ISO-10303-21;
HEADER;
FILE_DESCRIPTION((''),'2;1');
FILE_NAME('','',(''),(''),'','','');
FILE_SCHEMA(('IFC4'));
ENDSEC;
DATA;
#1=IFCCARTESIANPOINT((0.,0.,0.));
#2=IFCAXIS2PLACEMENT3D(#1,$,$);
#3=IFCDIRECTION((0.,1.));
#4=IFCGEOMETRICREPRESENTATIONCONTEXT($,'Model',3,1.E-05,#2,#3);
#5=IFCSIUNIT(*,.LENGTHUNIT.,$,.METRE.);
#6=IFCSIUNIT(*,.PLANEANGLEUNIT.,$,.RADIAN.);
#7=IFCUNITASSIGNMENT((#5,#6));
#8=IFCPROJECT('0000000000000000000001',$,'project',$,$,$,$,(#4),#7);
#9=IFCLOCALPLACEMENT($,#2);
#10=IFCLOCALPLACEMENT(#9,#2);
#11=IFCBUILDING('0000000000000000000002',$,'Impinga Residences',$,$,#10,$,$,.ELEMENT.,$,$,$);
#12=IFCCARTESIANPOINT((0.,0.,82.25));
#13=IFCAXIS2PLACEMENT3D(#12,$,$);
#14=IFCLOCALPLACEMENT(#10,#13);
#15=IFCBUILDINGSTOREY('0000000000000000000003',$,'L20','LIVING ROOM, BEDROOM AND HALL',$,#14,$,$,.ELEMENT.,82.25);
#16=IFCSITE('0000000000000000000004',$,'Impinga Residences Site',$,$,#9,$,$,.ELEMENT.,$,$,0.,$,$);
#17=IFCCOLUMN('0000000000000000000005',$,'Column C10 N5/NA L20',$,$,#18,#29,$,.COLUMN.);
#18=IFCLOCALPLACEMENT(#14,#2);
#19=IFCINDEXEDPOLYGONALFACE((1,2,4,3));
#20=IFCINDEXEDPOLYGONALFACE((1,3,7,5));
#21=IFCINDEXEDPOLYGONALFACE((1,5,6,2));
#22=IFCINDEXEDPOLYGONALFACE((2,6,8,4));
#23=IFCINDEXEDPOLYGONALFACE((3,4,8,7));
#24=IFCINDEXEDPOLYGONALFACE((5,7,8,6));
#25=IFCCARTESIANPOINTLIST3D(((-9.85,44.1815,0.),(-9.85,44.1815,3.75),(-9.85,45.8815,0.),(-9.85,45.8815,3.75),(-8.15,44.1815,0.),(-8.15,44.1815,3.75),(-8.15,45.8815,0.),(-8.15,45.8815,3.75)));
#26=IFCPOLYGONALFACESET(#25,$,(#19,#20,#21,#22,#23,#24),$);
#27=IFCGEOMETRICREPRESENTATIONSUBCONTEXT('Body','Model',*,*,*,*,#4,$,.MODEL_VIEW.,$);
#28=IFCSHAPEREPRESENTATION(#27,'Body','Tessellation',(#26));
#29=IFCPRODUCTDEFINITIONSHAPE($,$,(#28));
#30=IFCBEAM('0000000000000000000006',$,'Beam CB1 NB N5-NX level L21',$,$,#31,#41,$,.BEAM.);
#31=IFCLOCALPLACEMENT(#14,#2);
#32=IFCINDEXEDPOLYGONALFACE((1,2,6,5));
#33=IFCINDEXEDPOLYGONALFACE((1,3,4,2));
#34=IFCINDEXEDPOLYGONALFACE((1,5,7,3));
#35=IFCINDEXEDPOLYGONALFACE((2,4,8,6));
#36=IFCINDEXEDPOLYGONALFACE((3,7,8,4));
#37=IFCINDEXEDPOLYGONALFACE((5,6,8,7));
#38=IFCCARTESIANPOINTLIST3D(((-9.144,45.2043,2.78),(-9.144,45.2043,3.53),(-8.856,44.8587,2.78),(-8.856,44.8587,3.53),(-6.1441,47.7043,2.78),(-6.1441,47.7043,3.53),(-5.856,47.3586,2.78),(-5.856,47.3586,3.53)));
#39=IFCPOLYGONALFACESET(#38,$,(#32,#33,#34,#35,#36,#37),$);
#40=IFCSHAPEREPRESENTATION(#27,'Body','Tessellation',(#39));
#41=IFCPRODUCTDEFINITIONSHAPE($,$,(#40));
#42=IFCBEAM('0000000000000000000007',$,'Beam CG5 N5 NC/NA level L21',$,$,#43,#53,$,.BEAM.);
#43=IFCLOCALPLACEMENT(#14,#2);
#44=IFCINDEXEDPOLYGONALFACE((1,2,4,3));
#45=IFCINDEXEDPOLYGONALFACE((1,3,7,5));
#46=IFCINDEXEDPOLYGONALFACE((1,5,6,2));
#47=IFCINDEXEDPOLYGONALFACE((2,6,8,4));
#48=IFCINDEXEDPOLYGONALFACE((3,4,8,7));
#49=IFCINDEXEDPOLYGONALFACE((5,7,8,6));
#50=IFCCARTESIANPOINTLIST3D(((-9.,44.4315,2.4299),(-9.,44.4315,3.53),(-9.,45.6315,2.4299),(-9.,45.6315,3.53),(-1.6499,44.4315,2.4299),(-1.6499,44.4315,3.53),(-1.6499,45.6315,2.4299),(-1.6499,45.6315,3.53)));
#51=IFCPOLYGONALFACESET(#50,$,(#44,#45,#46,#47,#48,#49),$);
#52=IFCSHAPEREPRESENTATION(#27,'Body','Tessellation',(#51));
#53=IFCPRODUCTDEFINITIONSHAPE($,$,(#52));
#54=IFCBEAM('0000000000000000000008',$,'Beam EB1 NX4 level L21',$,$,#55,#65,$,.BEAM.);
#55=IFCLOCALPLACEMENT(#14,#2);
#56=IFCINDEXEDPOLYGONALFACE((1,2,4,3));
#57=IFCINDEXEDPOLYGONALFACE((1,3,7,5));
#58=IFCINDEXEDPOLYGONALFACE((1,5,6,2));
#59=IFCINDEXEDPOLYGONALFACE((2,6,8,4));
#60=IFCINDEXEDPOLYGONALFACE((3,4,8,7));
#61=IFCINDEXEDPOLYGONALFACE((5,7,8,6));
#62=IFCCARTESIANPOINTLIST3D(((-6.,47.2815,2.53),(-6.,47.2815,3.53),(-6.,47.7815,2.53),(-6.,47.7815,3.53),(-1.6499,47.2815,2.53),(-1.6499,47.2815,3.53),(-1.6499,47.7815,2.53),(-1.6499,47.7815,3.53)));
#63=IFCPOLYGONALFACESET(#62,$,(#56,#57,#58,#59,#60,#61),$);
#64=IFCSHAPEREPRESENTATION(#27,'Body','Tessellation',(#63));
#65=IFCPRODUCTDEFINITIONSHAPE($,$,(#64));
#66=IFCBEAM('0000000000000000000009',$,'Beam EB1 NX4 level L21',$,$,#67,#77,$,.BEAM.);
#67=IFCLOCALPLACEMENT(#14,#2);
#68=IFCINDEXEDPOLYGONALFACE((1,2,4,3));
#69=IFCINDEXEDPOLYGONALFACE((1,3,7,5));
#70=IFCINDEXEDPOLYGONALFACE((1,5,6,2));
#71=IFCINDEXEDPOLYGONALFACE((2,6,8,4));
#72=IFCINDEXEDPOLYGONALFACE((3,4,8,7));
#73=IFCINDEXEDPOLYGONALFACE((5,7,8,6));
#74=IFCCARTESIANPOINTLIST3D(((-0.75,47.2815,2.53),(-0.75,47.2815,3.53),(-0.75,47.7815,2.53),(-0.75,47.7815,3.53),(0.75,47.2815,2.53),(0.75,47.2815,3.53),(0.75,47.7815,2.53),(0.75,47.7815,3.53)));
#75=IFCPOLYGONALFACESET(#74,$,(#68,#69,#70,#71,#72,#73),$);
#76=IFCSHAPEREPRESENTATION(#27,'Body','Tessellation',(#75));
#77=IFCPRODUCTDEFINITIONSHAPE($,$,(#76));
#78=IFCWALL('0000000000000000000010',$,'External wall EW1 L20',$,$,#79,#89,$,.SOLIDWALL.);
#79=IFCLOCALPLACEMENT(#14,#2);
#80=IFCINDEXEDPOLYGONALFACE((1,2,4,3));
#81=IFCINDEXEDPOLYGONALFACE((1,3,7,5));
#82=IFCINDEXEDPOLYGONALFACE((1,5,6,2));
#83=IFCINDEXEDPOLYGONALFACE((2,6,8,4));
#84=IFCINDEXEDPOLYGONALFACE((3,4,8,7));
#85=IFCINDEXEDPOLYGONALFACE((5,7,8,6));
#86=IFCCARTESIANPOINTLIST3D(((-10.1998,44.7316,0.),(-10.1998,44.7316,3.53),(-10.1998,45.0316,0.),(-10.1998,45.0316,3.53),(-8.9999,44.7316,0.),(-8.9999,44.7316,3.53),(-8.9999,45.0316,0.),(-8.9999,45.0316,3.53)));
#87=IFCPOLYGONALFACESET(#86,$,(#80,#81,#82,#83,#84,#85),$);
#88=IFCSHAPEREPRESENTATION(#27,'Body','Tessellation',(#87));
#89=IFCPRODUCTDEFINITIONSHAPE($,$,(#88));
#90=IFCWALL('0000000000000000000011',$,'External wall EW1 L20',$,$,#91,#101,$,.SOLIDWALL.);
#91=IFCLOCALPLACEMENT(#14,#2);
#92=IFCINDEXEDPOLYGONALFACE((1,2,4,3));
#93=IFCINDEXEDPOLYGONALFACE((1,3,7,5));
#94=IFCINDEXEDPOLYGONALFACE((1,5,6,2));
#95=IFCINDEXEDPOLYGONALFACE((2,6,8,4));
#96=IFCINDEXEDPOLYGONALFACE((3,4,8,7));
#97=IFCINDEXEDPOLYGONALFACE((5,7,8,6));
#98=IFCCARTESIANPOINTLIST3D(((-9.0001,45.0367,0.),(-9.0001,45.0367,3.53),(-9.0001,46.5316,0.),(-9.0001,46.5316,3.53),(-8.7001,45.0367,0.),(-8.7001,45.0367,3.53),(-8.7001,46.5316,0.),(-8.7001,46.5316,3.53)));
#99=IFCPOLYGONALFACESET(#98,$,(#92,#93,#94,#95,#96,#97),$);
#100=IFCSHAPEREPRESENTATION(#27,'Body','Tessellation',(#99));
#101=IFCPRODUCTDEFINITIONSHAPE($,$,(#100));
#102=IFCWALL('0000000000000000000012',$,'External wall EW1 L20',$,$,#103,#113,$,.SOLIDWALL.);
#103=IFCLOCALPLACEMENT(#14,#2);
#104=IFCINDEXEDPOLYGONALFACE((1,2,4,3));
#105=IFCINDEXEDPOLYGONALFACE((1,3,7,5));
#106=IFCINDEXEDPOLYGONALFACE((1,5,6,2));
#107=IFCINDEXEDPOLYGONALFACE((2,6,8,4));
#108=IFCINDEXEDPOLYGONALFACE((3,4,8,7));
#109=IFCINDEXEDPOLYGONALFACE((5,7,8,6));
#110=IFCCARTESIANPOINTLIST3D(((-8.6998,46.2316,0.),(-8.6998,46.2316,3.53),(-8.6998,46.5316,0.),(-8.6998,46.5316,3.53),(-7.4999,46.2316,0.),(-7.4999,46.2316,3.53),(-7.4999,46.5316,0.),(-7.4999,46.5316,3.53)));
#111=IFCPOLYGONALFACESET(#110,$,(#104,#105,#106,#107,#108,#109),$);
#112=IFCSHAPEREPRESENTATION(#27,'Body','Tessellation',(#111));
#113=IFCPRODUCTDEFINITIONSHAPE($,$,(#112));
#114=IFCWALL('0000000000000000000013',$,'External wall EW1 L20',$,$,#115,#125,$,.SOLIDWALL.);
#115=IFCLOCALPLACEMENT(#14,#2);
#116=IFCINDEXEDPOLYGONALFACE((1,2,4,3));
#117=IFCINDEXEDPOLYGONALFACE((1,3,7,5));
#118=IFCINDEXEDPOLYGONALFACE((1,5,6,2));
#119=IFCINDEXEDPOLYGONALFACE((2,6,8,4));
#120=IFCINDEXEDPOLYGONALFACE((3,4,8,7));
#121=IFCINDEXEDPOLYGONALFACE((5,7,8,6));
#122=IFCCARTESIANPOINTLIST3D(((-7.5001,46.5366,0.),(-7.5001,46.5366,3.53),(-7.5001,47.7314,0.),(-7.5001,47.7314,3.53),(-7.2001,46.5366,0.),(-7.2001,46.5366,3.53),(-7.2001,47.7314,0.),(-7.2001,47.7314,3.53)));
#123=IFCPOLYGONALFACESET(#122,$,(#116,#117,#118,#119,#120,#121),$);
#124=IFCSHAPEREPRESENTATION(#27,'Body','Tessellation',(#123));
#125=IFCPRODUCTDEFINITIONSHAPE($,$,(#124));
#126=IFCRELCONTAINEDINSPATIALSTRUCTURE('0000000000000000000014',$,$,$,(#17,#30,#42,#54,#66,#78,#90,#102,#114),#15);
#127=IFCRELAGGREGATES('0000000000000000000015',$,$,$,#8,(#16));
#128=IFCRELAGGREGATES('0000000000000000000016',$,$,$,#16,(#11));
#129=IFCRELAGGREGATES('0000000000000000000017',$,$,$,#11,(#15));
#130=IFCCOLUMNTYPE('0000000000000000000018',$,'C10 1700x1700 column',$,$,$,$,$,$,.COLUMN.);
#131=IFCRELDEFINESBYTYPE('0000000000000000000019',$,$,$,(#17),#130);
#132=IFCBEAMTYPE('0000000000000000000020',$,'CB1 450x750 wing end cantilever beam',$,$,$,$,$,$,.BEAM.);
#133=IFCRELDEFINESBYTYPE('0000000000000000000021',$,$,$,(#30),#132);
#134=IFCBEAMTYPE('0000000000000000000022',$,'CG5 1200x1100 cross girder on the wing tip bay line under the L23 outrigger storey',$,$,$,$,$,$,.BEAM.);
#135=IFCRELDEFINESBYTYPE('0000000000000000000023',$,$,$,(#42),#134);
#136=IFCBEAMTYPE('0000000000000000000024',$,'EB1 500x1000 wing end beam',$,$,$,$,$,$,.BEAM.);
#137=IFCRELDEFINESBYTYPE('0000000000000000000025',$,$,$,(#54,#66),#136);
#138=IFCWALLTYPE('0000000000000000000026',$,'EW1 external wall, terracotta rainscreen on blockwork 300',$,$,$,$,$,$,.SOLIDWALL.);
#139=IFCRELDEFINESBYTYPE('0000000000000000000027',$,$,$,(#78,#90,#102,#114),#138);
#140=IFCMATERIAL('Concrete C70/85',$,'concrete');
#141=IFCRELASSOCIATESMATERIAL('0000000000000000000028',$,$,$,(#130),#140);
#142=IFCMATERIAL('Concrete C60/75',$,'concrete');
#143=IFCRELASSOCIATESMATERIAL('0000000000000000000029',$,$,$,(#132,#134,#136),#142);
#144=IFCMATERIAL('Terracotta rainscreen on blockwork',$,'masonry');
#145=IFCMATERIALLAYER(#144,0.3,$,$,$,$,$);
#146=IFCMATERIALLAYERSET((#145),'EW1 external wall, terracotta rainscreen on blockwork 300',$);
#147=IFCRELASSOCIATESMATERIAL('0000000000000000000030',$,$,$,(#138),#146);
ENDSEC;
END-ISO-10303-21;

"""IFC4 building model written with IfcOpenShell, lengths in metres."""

from ifc_helpers import new_model, si_unit, direction, frame, frame_2d, origin, origin_2d, place, context, subcontext, project, spatial, rectangle, extrude, material, layer, layer_set, material_profile, profile_set, type_object, element, save


model = new_model("IFC4")

# Units and contexts
model_context = context("Model", 3, precision=1e-05, world=origin(), true_north=direction((0.0, 1.0)))
body_context = subcontext(model_context, "Body", "Model", "MODEL_VIEW")
ifc_project = project(units=[si_unit("LENGTHUNIT", "METRE"), si_unit("PLANEANGLEUNIT", "RADIAN")], contexts=[model_context])

# Site, building, storey
site_placement = place(None, origin())
site = spatial("IfcSite", under=ifc_project, at=site_placement, Name="Impinga Residences Site", CompositionType="ELEMENT", RefElevation=0.0)
building_placement = place(site_placement, origin())
building = spatial("IfcBuilding", under=site, at=building_placement, Name="Impinga Residences", CompositionType="ELEMENT")
storey_placement = place(building_placement, frame((0.0, 0.0, 82.25)))
storey = spatial("IfcBuildingStorey", under=building, at=storey_placement, Name="L20", Description="LIVING ROOM, BEDROOM AND HALL", CompositionType="ELEMENT", Elevation=82.25)

# Column
ifc_material_1 = material(Name="Concrete C70/85", Category="concrete")
ifc_material_profile_1 = material_profile(ifc_material_1, rectangle(XDim=1.7, YDim=1.7, at=origin_2d()), Name="RC 1700x1700")
ifc_profile_set_1 = profile_set([ifc_material_profile_1], Name="Concrete C70/85")
column_type = type_object("IfcColumnType", Name="C10 1700x1700 column", PredefinedType="COLUMN", material=ifc_profile_set_1)
column_placement = place(storey_placement, frame((-9.0, 45.0315, 0.0), z_axis=(0.0, 0.0, 1.0), x_axis=(1.0, 0.0, 0.0)))
element("IfcColumn", 1, at=column_placement, inside=storey, type_object=column_type, Name="Column C10 N5/NA L20", PredefinedType="COLUMN", context=body_context, shape_type="SweptSolid", body=[
    extrude(rectangle(XDim=1.7, YDim=1.7, at=origin_2d()), origin(), (0.0, 0.0, 1.0), 3.75),
])

# Beams
ifc_material_2 = material(Name="Concrete C60/75", Category="concrete")
ifc_material_profile_2 = material_profile(ifc_material_2, rectangle(XDim=0.45, YDim=0.75, at=origin_2d()), Name="RC 450x750")
ifc_profile_set_2 = profile_set([ifc_material_profile_2], Name="Concrete C60/75")
beam_type_1 = type_object("IfcBeamType", Name="CB1 450x750 wing end cantilever beam", PredefinedType="BEAM", material=ifc_profile_set_2)
beam_1_placement = place(storey_placement, frame((-9.0, 45.0315, 3.155), z_axis=(0.768221, 0.640184, 0.0), x_axis=(-0.640184, 0.768221, 0.0)))
element("IfcBeam", 2, at=beam_1_placement, inside=storey, type_object=beam_type_1, Name="Beam CB1 NB N5-NX level L21", PredefinedType="BEAM", context=body_context, shape_type="SweptSolid", body=[
    extrude(rectangle(XDim=0.45, YDim=0.75, at=origin_2d()), origin(), (0.0, 0.0, 1.0), 3.905),
])
ifc_material_profile_3 = material_profile(ifc_material_2, rectangle(XDim=1.2, YDim=1.1001, at=origin_2d()), Name="RC 1200x1100")
ifc_profile_set_3 = profile_set([ifc_material_profile_3], Name="Concrete C60/75")
beam_type_2 = type_object("IfcBeamType", Name="CG5 1200x1100 cross girder on the wing tip bay line under the L23 outrigger storey", PredefinedType="BEAM", material=ifc_profile_set_3)
beam_2_placement = place(storey_placement, frame((-1.6499, 45.0315, 2.98), z_axis=(-1.0, 0.0, 0.0), x_axis=(0.0, -1.0, 0.0)))
element("IfcBeam", 3, at=beam_2_placement, inside=storey, type_object=beam_type_2, Name="Beam CG5 N5 NC/NA level L21", PredefinedType="BEAM", context=body_context, shape_type="SweptSolid", body=[
    extrude(rectangle(XDim=1.2, YDim=1.1001, at=origin_2d()), origin(), (0.0, 0.0, 1.0), 7.3501),
])
ifc_material_profile_4 = material_profile(ifc_material_2, rectangle(XDim=0.5, YDim=1.0, at=origin_2d()), Name="RC 500x1000")
ifc_profile_set_4 = profile_set([ifc_material_profile_4], Name="Concrete C60/75")
beam_type_3 = type_object("IfcBeamType", Name="EB1 500x1000 wing end beam", PredefinedType="BEAM", material=ifc_profile_set_4)
beam_3_placement = place(storey_placement, frame((-6.0, 47.5315, 3.03), z_axis=(1.0, 0.0, 0.0), x_axis=(0.0, 1.0, 0.0)))
element("IfcBeam", 4, at=beam_3_placement, inside=storey, type_object=beam_type_3, Name="Beam EB1 NX4 level L21", PredefinedType="BEAM", context=body_context, shape_type="SweptSolid", body=[
    extrude(rectangle(XDim=0.5, YDim=1.0, at=origin_2d()), origin(), (0.0, 0.0, 1.0), 4.3501),
])
beam_4_placement = place(storey_placement, frame((-0.75, 47.5315, 3.03), z_axis=(1.0, 0.0, 0.0), x_axis=(0.0, 1.0, 0.0)))
element("IfcBeam", 5, at=beam_4_placement, inside=storey, type_object=beam_type_3, Name="Beam EB1 NX4 level L21", PredefinedType="BEAM", context=body_context, shape_type="SweptSolid", body=[
    extrude(rectangle(XDim=0.5, YDim=1.0, at=origin_2d()), origin(), (0.0, 0.0, 1.0), 1.5),
])

# Walls
ifc_material_3 = material(Name="Terracotta rainscreen on blockwork", Category="masonry")
ifc_layer_1 = layer(ifc_material_3, 0.3)
ifc_layer_set_1 = layer_set([ifc_layer_1], Name="EW1 external wall, terracotta rainscreen on blockwork 300")
wall_type_1 = type_object("IfcWallType", Name="EW1 external wall, terracotta rainscreen on blockwork 300", PredefinedType="SOLIDWALL", material=ifc_layer_set_1)
wall_1_placement = place(storey_placement, frame((-10.2, 44.8816, 0.0), z_axis=(0.0, 0.0, 1.0), x_axis=(1.0, 0.0, 0.0)))
element("IfcWall", 6, at=wall_1_placement, inside=storey, type_object=wall_type_1, Name="External wall EW1 L20", PredefinedType="SOLIDWALL", context=body_context, shape_type="SweptSolid", body=[
    extrude(rectangle(XDim=1.2, YDim=0.3, at=frame_2d((0.6001, 0.0))), origin(), (0.0, 0.0, 1.0), 3.53),
])
wall_2_placement = place(storey_placement, frame((-8.8501, 45.0366, 0.0), z_axis=(0.0, 0.0, 1.0), x_axis=(0.0, 1.0, 0.0)))
element("IfcWall", 7, at=wall_2_placement, inside=storey, type_object=wall_type_1, Name="External wall EW1 L20", PredefinedType="SOLIDWALL", context=body_context, shape_type="SweptSolid", body=[
    extrude(rectangle(XDim=1.4949, YDim=0.3, at=frame_2d((0.7476, 0.0))), origin(), (0.0, 0.0, 1.0), 3.53),
])
wall_3_placement = place(storey_placement, frame((-8.7, 46.3816, 0.0), z_axis=(0.0, 0.0, 1.0), x_axis=(1.0, 0.0, 0.0)))
element("IfcWall", 8, at=wall_3_placement, inside=storey, type_object=wall_type_1, Name="External wall EW1 L20", PredefinedType="SOLIDWALL", context=body_context, shape_type="SweptSolid", body=[
    extrude(rectangle(XDim=1.2, YDim=0.3, at=frame_2d((0.6001, 0.0))), origin(), (0.0, 0.0, 1.0), 3.53),
])
wall_4_placement = place(storey_placement, frame((-7.3501, 46.5366, 0.0), z_axis=(0.0, 0.0, 1.0), x_axis=(0.0, 1.0, 0.0)))
element("IfcWall", 9, at=wall_4_placement, inside=storey, type_object=wall_type_1, Name="External wall EW1 L20", PredefinedType="SOLIDWALL", context=body_context, shape_type="SweptSolid", body=[
    extrude(rectangle(XDim=1.1948, YDim=0.3, at=frame_2d((0.5974, 0.0))), origin(), (0.0, 0.0, 1.0), 3.53),
])

save(model, "model.ifc")
